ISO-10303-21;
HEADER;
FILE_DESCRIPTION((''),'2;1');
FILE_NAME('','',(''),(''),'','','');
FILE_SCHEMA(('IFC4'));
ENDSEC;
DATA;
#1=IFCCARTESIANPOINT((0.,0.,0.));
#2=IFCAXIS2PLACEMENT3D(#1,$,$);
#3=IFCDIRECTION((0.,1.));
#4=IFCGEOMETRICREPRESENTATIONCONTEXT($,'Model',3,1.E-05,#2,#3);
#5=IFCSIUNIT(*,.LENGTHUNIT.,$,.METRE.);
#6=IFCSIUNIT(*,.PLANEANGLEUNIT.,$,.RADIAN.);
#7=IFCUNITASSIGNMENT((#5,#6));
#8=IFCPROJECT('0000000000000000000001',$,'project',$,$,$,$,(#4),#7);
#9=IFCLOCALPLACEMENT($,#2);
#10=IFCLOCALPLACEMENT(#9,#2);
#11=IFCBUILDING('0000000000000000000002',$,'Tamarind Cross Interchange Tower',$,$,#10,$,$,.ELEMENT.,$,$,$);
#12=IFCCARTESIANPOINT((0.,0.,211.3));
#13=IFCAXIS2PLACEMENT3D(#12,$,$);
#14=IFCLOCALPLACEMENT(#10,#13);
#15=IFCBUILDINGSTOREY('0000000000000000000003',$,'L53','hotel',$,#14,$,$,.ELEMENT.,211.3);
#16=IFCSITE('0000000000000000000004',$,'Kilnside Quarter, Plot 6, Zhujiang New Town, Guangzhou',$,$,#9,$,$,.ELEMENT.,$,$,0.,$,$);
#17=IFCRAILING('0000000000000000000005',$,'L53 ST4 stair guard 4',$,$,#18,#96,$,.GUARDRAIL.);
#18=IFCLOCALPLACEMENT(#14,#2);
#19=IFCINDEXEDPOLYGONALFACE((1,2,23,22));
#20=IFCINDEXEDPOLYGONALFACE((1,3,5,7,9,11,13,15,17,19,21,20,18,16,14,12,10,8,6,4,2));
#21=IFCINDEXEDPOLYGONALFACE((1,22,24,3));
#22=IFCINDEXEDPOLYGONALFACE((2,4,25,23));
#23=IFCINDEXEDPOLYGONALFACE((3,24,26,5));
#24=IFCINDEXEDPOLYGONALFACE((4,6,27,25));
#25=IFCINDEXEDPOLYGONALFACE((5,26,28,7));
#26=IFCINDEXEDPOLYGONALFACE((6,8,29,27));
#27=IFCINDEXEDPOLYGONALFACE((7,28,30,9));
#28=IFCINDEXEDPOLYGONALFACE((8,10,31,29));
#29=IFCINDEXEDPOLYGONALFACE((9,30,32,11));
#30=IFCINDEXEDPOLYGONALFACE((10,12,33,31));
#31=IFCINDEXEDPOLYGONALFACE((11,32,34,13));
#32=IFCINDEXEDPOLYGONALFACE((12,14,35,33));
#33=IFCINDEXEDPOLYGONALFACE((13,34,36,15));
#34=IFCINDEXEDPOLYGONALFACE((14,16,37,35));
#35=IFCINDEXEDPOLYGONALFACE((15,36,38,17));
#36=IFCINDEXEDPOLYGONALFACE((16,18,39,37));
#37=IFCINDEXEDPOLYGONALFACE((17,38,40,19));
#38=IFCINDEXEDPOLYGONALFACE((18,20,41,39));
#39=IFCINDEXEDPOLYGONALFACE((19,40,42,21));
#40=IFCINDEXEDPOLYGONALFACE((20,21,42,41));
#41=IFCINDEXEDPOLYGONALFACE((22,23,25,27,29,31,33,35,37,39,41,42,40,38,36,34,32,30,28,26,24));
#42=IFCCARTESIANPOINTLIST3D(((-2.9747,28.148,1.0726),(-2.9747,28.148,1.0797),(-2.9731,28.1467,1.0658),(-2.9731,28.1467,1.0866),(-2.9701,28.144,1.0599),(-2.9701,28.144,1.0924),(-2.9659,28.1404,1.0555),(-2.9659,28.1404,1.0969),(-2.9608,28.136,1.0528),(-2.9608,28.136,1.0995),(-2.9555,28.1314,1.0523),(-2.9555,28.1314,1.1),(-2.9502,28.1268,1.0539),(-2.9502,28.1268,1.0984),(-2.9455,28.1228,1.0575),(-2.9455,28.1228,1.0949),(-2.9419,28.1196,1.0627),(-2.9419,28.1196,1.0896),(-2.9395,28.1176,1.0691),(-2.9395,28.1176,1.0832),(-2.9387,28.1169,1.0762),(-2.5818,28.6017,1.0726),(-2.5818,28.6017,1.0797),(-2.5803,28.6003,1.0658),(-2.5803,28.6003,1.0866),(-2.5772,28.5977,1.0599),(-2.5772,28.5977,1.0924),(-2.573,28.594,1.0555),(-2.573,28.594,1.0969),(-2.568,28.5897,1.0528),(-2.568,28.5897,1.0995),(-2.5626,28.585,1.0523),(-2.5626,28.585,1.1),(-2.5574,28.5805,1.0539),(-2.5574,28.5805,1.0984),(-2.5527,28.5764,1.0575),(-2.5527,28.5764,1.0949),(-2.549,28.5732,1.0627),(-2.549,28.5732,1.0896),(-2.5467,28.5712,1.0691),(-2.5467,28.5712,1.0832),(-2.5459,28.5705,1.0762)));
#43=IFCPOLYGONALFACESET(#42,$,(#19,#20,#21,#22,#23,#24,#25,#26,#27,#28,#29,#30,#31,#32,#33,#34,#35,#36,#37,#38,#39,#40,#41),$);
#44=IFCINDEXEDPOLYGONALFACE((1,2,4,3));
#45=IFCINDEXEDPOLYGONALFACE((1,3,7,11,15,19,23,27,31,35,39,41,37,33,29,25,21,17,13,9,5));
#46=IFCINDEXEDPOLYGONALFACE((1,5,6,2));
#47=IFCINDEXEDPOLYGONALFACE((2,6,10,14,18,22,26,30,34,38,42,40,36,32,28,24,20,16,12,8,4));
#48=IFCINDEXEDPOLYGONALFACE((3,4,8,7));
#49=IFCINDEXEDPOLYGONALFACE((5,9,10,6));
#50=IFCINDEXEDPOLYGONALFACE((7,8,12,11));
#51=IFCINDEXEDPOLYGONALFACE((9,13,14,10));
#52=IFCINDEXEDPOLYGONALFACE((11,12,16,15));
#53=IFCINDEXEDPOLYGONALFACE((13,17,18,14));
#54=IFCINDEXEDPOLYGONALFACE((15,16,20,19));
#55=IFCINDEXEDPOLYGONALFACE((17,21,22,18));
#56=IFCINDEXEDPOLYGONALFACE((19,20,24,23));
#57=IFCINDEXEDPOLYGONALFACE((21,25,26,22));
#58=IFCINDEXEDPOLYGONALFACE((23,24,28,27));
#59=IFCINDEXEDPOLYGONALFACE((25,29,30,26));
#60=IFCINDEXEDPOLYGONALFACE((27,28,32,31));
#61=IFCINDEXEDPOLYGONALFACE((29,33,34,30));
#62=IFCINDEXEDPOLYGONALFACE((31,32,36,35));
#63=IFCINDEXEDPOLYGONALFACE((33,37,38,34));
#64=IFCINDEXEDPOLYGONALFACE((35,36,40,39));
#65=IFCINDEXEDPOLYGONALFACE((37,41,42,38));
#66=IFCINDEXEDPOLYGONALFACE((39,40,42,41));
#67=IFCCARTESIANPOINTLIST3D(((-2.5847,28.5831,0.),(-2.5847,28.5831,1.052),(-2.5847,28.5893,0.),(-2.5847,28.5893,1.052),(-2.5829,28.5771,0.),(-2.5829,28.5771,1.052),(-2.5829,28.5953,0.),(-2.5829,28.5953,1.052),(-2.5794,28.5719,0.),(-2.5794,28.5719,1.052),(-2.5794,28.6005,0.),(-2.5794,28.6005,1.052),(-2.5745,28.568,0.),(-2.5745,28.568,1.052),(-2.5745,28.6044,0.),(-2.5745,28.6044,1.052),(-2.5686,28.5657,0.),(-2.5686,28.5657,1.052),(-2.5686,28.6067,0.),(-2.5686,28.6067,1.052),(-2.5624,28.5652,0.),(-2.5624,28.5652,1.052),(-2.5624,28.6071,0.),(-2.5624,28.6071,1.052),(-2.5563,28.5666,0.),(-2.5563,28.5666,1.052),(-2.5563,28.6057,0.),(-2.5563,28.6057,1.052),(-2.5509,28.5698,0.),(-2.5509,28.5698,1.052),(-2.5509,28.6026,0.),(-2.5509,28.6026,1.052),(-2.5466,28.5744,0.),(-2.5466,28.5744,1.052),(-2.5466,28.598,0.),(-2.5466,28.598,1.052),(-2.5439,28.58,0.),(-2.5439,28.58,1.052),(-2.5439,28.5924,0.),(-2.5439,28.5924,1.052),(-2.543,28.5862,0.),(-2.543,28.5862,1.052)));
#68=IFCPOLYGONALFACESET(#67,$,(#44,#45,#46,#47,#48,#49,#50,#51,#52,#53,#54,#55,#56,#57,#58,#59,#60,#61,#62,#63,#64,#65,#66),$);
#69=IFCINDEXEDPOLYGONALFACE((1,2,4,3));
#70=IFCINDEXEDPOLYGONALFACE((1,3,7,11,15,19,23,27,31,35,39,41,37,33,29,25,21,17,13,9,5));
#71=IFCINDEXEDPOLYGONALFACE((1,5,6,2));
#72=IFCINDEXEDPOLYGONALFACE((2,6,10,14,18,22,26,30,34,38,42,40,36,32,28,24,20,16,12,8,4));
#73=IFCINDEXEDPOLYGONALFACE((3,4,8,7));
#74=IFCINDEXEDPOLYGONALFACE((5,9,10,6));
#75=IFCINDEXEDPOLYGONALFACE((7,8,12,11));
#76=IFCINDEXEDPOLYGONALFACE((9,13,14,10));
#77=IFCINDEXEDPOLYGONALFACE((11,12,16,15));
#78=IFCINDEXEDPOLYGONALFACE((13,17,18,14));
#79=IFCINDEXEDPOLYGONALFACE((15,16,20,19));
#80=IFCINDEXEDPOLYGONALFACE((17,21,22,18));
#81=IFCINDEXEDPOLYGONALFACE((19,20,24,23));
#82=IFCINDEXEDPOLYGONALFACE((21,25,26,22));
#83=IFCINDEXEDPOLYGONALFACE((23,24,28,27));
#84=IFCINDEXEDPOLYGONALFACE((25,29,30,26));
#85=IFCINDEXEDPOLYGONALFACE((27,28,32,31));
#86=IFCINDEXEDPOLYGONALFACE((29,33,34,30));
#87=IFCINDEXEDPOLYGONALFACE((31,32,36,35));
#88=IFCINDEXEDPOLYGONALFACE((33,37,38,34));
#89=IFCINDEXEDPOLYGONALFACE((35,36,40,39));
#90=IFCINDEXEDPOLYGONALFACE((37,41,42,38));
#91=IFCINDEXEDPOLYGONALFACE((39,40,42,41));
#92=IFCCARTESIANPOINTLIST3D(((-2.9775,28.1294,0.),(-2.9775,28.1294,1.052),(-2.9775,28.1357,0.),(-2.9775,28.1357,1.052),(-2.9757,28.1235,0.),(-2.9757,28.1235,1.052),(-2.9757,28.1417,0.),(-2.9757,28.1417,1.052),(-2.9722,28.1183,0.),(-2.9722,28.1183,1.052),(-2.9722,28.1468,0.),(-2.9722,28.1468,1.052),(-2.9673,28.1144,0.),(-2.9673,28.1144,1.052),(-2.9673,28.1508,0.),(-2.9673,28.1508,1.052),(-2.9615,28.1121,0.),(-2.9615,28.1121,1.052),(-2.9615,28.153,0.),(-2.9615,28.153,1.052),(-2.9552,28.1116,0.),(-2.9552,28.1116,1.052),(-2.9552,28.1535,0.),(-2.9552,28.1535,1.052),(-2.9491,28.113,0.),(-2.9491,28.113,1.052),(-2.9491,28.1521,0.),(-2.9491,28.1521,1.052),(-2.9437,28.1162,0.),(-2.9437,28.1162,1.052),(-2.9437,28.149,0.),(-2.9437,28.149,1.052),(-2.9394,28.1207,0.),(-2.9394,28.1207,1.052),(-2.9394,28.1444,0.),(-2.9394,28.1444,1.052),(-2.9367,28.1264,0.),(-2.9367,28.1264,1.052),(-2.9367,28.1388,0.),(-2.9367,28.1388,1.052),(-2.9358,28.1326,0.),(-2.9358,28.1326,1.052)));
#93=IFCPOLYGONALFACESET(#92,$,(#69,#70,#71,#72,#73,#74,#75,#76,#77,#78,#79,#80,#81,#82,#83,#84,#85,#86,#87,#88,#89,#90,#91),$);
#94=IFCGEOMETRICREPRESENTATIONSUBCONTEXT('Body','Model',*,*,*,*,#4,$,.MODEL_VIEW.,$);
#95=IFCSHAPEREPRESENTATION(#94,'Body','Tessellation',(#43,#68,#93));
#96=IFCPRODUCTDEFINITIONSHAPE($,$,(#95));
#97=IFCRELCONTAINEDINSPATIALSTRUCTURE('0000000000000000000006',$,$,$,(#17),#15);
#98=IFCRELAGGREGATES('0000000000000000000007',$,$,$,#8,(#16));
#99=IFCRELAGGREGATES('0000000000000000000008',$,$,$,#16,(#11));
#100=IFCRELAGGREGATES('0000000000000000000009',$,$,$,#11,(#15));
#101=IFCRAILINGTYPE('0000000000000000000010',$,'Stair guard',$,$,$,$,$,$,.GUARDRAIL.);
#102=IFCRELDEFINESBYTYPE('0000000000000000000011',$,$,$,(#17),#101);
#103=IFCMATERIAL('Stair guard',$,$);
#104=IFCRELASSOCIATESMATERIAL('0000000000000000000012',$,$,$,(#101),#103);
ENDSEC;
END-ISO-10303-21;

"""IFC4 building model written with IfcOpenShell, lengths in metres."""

from ifc_helpers import new_model, si_unit, direction, frame, origin, origin_2d, place, context, subcontext, project, spatial, circle, extrude, material, type_object, element, save


model = new_model("IFC4")

# Units and contexts
model_context = context("Model", 3, precision=1e-05, world=origin(), true_north=direction((0.0, 1.0)))
body_context = subcontext(model_context, "Body", "Model", "MODEL_VIEW")
ifc_project = project(units=[si_unit("LENGTHUNIT", "METRE"), si_unit("PLANEANGLEUNIT", "RADIAN")], contexts=[model_context])

# Site, building, storey
site_placement = place(None, origin())
site = spatial("IfcSite", under=ifc_project, at=site_placement, Name="Kilnside Quarter, Plot 6, Zhujiang New Town, Guangzhou", CompositionType="ELEMENT", RefElevation=0.0)
building_placement = place(site_placement, origin())
building = spatial("IfcBuilding", under=site, at=building_placement, Name="Tamarind Cross Interchange Tower", CompositionType="ELEMENT")
storey_placement = place(building_placement, frame((0.0, 0.0, 211.3)))
storey = spatial("IfcBuildingStorey", under=building, at=storey_placement, Name="L53", Description="hotel", CompositionType="ELEMENT", Elevation=211.3)

# Railing
ifc_material_1 = material(Name="Stair guard")
railing_type_1 = type_object("IfcRailingType", Name="Stair guard", PredefinedType="GUARDRAIL", material=ifc_material_1)
railing_1_placement = place(storey_placement, frame((-2.564, 28.5862, 0.0)))
element("IfcRailing", 1, at=railing_1_placement, inside=storey, type_object=railing_type_1, Name="L53 ST4 stair guard 4", PredefinedType="GUARDRAIL", context=body_context, shape_type="SweptSolid", body=[
    extrude(circle(Radius=0.0239, at=origin_2d()), frame((0.0, 0.0, 1.0762), z_axis=(-0.654636, -0.755944, 0.0), x_axis=(0.755944, -0.654636, 0.0)), (0.0, 0.0, 1.0), 0.6001),
    extrude(circle(Radius=0.021, at=origin_2d()), origin(), (0.0, 0.0, 1.0), 1.052),
    extrude(circle(Radius=0.021, at=origin_2d()), frame((-0.3928, -0.4536, 0.0)), (0.0, 0.0, 1.0), 1.052),
])

save(model, "model.ifc")
